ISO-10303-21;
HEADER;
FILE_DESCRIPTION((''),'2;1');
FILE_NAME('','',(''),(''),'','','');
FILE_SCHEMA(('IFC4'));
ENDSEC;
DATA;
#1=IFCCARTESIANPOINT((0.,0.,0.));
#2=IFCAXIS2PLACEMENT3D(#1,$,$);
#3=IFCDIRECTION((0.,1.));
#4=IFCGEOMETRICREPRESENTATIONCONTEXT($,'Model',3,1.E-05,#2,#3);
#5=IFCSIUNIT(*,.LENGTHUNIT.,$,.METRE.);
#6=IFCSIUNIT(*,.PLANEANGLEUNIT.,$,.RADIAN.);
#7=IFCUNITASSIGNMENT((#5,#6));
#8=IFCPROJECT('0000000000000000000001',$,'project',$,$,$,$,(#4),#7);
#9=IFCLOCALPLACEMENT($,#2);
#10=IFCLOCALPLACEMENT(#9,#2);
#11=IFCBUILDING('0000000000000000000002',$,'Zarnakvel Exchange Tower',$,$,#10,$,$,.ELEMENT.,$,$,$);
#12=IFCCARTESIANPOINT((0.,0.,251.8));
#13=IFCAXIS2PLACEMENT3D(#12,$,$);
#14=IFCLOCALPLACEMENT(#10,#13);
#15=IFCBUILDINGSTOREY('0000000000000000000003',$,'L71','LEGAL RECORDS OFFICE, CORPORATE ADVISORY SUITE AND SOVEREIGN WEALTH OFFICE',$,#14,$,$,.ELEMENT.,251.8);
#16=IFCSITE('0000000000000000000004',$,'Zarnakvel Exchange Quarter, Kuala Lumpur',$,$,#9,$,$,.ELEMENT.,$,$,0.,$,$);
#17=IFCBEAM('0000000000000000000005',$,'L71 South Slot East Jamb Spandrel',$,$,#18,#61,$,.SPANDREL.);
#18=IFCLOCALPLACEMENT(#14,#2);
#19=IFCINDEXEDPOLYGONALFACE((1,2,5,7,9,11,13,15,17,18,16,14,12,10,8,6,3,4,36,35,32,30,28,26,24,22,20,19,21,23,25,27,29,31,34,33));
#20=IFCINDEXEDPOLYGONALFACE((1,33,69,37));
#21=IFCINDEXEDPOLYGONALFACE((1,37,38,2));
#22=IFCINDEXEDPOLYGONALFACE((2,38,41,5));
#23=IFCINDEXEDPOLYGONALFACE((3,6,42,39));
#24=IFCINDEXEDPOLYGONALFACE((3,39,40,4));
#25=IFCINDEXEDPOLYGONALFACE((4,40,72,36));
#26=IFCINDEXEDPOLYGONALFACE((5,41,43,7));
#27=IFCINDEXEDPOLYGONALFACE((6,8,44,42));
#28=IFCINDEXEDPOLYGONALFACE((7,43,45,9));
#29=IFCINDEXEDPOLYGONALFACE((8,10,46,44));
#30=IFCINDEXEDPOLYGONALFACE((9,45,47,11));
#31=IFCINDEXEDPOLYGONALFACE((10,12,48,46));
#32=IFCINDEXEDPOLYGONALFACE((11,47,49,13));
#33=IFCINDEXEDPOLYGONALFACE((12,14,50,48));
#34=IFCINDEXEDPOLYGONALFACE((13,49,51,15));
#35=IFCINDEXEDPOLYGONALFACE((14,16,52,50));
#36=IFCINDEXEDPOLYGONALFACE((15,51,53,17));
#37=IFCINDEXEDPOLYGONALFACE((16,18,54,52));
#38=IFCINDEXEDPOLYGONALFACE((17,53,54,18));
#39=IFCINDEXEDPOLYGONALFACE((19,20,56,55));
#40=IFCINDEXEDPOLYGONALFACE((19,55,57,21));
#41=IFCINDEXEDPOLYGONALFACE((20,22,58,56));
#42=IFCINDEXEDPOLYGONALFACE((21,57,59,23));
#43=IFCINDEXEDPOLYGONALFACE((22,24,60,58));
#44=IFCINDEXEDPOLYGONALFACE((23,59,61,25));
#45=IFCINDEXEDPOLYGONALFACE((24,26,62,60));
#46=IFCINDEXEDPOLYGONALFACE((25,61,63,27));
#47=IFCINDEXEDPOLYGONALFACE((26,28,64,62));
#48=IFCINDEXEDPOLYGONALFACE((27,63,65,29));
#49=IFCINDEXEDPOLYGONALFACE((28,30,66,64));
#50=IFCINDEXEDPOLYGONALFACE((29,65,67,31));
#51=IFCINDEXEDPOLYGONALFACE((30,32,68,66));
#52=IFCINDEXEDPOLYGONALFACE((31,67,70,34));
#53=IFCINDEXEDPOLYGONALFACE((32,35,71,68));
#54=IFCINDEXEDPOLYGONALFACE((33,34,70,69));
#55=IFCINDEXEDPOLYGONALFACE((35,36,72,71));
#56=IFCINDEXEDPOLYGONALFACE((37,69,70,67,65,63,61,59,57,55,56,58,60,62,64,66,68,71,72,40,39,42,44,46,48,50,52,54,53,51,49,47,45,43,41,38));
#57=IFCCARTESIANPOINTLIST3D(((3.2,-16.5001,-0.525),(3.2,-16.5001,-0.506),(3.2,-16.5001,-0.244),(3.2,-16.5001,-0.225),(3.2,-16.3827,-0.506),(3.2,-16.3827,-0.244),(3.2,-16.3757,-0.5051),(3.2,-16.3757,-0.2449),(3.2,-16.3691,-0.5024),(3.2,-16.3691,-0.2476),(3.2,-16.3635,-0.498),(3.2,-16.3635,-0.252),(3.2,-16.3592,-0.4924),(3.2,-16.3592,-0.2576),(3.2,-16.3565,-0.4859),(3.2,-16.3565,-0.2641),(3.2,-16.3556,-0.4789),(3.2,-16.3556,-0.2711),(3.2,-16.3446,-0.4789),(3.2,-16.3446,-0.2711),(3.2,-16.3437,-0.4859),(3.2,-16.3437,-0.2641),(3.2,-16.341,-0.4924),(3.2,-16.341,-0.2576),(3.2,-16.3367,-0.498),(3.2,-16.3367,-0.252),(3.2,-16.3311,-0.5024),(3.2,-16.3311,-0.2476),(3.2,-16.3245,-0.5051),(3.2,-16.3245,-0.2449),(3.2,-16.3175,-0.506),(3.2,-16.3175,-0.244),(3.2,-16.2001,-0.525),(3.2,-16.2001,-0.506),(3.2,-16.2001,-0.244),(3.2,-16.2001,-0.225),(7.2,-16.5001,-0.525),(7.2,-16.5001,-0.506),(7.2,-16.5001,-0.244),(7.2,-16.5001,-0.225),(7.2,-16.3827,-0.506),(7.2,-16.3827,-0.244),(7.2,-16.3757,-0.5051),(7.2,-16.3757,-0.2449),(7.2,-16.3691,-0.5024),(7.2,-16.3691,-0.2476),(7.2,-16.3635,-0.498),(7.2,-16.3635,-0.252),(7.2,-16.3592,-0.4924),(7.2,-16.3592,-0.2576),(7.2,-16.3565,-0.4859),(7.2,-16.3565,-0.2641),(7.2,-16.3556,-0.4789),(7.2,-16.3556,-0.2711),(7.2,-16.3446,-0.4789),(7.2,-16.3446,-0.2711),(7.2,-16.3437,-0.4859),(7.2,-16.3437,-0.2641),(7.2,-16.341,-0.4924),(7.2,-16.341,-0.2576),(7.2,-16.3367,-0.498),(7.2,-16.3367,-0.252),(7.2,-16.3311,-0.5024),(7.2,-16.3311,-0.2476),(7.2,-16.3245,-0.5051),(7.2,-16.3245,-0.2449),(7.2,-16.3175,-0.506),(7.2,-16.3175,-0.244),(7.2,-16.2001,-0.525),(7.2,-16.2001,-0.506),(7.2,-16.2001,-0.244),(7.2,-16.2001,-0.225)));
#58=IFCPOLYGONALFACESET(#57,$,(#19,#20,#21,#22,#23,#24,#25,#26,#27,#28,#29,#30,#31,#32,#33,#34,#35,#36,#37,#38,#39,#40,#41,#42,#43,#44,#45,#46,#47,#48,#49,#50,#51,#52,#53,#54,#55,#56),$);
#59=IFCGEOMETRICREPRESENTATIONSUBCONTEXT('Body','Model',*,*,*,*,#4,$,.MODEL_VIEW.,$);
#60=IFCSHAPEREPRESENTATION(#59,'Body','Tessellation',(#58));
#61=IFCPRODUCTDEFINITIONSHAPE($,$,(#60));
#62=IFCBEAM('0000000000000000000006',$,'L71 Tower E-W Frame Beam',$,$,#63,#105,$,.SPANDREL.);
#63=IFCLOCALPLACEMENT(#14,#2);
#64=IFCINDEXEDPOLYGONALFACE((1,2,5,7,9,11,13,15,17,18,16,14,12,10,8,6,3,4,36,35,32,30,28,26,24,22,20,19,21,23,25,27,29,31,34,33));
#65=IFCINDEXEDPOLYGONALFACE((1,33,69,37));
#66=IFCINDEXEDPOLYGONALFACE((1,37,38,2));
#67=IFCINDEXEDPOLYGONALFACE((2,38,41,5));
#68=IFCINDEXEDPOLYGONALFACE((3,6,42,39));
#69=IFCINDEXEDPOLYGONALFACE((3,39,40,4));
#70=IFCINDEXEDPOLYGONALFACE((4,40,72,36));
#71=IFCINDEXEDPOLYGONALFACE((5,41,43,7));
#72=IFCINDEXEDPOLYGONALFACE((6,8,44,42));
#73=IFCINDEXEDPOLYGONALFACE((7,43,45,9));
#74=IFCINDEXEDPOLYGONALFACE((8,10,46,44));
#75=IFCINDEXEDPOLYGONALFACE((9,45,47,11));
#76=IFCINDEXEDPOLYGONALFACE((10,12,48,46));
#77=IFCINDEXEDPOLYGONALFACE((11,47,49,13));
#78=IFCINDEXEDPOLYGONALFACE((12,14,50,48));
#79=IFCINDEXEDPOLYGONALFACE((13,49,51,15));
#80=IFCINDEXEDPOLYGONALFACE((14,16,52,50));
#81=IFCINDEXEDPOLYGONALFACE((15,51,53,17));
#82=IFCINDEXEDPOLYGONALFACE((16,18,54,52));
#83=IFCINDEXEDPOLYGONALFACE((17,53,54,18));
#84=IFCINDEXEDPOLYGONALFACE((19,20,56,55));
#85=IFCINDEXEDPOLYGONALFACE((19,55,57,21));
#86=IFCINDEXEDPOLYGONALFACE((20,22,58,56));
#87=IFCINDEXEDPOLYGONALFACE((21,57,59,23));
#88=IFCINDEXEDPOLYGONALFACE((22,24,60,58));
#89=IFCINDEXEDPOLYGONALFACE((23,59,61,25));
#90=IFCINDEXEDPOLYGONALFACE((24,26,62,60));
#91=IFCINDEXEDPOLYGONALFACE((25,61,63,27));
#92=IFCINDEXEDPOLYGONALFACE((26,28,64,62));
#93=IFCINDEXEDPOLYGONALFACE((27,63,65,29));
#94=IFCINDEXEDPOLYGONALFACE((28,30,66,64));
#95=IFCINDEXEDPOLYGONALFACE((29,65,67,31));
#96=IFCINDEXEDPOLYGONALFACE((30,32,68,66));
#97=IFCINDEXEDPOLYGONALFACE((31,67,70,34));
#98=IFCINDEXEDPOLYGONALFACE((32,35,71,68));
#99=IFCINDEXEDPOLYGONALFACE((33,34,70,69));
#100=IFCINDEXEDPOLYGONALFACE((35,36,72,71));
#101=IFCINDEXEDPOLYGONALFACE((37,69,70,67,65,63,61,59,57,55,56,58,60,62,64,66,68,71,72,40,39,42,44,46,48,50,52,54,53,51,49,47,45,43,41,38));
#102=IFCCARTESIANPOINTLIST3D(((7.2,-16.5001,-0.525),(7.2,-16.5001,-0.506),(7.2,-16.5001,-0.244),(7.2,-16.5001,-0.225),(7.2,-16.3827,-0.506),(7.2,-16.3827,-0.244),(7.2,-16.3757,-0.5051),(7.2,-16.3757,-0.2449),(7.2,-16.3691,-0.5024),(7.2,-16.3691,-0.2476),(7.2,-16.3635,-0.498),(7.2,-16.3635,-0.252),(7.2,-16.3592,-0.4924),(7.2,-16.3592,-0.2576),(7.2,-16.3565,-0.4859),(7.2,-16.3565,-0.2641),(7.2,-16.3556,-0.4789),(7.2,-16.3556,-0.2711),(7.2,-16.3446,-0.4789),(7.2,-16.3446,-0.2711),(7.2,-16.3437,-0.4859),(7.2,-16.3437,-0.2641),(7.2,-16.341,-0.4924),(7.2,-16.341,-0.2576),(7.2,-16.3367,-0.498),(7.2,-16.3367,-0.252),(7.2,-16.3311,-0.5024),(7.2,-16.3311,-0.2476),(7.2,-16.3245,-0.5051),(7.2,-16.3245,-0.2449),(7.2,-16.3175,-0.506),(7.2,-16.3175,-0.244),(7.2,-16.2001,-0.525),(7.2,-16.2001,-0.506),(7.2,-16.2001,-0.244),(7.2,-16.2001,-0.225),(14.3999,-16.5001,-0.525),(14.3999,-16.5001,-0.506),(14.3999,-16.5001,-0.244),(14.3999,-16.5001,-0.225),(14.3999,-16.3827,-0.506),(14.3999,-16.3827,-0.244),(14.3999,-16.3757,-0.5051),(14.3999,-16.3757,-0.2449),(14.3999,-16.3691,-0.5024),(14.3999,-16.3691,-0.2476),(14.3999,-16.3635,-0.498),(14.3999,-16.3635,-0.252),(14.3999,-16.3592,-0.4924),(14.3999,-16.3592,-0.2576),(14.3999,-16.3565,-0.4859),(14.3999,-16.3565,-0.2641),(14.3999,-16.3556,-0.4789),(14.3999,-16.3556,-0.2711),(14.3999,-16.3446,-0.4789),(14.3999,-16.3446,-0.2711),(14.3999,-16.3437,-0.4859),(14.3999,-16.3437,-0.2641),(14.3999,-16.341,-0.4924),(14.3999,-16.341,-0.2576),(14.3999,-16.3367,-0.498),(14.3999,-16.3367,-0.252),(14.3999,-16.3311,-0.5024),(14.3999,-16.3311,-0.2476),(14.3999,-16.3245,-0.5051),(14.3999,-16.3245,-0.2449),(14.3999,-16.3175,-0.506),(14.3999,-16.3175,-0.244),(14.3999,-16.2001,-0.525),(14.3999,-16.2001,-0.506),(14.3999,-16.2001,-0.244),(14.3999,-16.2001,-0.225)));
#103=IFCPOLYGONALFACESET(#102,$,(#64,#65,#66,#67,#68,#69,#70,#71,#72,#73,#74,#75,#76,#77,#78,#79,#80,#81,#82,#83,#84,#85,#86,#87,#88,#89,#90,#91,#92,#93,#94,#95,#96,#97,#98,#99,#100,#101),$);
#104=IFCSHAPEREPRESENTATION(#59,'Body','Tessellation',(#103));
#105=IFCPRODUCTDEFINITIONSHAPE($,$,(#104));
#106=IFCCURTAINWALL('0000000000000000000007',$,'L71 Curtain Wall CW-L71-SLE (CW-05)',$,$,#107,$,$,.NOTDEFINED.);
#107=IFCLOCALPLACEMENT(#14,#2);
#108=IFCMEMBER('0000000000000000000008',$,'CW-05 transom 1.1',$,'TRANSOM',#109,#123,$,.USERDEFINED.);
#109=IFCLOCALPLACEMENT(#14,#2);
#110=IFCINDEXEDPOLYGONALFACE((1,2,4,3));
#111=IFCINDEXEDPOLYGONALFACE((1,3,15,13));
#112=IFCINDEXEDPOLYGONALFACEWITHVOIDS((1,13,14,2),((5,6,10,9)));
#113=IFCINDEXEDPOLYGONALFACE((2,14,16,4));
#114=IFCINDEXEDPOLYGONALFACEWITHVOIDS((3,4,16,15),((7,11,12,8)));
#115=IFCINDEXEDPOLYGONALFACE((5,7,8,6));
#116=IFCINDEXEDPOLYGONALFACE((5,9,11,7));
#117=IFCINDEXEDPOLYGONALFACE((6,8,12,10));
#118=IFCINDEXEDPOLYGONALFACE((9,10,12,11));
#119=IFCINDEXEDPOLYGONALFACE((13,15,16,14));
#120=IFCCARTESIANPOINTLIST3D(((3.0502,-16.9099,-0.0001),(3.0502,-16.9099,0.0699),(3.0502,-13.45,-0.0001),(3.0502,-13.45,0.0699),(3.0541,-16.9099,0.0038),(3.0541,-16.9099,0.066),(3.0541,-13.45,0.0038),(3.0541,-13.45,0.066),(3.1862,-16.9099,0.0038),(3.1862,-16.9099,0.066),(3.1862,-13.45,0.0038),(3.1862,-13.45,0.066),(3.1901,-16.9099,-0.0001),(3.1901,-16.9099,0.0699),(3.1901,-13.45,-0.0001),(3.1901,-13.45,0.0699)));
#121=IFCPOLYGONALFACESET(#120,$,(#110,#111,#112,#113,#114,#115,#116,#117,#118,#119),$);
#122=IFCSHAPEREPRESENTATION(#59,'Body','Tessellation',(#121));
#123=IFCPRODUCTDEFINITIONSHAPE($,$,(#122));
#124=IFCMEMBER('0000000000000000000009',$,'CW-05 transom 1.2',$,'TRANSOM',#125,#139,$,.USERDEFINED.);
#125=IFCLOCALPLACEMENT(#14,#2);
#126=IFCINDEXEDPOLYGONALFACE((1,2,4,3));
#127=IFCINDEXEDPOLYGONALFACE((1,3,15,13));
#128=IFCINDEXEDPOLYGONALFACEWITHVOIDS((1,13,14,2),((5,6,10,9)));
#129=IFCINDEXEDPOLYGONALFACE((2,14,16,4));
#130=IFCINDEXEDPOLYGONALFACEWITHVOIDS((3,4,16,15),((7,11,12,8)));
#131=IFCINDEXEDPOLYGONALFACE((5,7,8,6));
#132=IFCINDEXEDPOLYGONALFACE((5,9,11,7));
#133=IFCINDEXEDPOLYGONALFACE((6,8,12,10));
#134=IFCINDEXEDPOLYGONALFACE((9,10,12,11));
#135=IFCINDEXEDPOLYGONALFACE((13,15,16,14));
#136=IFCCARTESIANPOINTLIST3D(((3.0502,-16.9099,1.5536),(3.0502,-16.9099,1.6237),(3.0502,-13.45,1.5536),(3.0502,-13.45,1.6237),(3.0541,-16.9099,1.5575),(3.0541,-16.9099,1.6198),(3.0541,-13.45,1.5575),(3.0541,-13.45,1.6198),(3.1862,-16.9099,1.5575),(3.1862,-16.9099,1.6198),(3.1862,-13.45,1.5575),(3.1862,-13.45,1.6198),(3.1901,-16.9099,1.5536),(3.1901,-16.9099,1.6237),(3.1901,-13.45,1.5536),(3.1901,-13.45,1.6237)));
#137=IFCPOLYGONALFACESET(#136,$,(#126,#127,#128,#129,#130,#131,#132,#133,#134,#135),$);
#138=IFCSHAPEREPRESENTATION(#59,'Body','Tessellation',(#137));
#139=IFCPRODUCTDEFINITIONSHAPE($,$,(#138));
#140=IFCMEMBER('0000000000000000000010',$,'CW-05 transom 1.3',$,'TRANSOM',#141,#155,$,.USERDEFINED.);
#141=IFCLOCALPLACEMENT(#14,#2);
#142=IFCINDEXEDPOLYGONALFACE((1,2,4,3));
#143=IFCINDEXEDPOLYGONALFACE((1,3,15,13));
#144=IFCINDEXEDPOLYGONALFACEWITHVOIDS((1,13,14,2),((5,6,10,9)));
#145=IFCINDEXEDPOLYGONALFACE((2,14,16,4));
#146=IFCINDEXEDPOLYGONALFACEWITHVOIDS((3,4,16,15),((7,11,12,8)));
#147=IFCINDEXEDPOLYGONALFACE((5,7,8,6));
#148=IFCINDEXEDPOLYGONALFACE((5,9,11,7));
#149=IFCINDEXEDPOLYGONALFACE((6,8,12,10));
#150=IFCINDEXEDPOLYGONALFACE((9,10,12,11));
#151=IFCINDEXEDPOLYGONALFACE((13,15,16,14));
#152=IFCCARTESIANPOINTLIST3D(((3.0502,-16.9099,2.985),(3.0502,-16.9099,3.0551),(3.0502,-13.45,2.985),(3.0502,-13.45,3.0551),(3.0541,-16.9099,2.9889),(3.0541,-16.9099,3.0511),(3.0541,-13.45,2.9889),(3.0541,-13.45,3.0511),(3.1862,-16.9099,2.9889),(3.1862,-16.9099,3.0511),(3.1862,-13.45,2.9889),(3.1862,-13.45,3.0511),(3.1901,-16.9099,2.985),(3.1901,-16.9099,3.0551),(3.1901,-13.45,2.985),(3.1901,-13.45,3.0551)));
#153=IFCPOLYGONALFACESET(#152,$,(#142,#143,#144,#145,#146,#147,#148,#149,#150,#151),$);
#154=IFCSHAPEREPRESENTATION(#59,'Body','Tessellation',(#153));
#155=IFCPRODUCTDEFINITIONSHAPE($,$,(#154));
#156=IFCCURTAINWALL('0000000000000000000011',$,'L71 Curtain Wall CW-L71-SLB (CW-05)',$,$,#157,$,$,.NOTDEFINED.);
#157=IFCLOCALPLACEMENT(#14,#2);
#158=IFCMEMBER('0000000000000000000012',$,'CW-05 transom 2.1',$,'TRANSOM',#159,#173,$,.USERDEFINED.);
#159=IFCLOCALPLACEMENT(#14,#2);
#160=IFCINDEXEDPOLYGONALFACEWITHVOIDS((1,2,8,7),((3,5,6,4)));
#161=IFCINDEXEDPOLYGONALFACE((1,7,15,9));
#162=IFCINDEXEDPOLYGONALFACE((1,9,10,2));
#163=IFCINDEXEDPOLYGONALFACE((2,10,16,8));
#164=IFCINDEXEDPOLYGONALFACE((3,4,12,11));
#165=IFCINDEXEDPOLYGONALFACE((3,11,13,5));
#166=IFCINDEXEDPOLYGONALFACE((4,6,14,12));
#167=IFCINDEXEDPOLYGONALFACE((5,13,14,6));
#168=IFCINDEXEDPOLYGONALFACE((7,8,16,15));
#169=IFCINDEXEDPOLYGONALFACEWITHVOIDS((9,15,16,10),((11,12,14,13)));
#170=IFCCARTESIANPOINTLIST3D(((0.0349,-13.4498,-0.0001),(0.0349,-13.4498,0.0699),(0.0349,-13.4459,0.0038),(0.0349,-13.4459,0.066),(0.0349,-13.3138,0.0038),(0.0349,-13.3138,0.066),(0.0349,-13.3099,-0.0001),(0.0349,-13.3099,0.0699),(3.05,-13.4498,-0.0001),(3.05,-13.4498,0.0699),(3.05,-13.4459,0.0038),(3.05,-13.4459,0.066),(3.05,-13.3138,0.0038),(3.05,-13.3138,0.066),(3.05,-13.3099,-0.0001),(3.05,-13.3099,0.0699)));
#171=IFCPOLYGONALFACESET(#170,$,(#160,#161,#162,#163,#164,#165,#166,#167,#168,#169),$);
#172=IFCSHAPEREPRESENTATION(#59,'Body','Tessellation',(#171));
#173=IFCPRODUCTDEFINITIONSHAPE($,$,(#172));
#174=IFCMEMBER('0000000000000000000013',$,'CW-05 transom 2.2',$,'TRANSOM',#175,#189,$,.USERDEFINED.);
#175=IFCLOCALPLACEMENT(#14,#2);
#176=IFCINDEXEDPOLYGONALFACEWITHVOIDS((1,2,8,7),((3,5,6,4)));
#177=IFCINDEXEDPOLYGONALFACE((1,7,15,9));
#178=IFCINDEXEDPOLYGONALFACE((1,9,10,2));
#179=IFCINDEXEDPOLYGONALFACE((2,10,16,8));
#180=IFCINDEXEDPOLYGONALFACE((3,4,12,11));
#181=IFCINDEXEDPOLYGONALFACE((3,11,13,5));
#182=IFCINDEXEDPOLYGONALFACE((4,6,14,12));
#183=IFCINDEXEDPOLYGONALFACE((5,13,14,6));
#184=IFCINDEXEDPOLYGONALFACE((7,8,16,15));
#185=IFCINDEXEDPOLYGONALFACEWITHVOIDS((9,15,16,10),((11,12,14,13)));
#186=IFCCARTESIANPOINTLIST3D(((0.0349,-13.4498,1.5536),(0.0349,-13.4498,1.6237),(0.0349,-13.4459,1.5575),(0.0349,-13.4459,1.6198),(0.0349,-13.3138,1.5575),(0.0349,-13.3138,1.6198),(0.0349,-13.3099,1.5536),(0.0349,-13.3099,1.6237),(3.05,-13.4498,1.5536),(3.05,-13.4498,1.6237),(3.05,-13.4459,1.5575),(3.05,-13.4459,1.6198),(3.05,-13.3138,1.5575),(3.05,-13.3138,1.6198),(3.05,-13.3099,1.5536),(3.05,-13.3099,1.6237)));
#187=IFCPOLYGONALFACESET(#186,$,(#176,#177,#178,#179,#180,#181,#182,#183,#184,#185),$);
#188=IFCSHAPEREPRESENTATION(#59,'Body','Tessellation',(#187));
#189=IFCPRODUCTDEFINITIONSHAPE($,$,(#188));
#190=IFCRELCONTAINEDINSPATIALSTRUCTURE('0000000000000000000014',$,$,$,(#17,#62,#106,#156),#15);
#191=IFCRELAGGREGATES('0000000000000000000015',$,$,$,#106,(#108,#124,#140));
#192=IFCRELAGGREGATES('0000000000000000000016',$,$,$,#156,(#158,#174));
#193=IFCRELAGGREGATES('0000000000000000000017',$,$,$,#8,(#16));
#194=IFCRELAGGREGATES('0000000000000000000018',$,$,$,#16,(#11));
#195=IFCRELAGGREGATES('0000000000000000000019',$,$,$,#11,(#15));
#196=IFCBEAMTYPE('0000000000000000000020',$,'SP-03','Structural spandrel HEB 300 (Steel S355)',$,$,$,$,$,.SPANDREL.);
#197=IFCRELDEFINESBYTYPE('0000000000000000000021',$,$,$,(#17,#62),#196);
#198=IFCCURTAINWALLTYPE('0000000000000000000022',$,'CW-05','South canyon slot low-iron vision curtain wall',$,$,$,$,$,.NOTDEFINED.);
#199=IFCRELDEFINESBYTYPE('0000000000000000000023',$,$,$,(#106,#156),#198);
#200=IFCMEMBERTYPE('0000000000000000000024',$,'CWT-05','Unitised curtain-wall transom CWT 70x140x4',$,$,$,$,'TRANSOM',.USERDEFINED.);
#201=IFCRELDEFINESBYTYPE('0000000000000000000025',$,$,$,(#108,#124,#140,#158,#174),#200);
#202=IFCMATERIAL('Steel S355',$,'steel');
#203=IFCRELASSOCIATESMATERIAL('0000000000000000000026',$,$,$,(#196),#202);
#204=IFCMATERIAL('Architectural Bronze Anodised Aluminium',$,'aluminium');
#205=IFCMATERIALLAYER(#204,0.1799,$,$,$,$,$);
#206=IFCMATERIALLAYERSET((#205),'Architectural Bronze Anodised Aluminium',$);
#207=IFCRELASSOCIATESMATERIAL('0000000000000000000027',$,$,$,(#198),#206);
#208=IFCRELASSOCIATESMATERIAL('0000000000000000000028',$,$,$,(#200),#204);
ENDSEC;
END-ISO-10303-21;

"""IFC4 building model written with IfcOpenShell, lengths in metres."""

from ifc_helpers import new_model, si_unit, direction, frame, origin, origin_2d, place, context, subcontext, project, spatial, hollow_rectangle, i_section, extrude, source, transform, mapped, material, layer, layer_set, material_profile, profile_set, type_object, element, aggregate, save


model = new_model("IFC4")

# Units and contexts
model_context = context("Model", 3, precision=1e-05, world=origin(), true_north=direction((0.0, 1.0)))
body_context = subcontext(model_context, "Body", "Model", "MODEL_VIEW")
ifc_project = project(units=[si_unit("LENGTHUNIT", "METRE"), si_unit("PLANEANGLEUNIT", "RADIAN")], contexts=[model_context])

# Site, building, storey
site_placement = place(None, origin())
site = spatial("IfcSite", under=ifc_project, at=site_placement, Name="Zarnakvel Exchange Quarter, Kuala Lumpur", CompositionType="ELEMENT", RefElevation=0.0)
building_placement = place(site_placement, origin())
building = spatial("IfcBuilding", under=site, at=building_placement, Name="Zarnakvel Exchange Tower", CompositionType="ELEMENT")
storey_placement = place(building_placement, frame((0.0, 0.0, 251.8)))
storey = spatial("IfcBuildingStorey", under=building, at=storey_placement, Name="L71", Description="LEGAL RECORDS OFFICE, CORPORATE ADVISORY SUITE AND SOVEREIGN WEALTH OFFICE", CompositionType="ELEMENT", Elevation=251.8)

# Beams
ifc_material_1 = material(Name="Steel S355", Category="steel")
ifc_material_profile_1 = material_profile(ifc_material_1, i_section(OverallWidth=0.3, OverallDepth=0.3, WebThickness=0.011, FlangeThickness=0.019, FilletRadius=0.0271, at=origin_2d()))
ifc_profile_set_1 = profile_set([ifc_material_profile_1], Name="Steel S355")
beam_type_1 = type_object("IfcBeamType", Name="SP-03", Description="Structural spandrel HEB 300 (Steel S355)", PredefinedType="SPANDREL", material=ifc_profile_set_1)
beam_1_placement = place(storey_placement, frame((3.2, -16.3501, -0.375), z_axis=(1.0, 0.0, 0.0), x_axis=(0.0, 1.0, 0.0)))
element("IfcBeam", 1, at=beam_1_placement, inside=storey, type_object=beam_type_1, Name="L71 South Slot East Jamb Spandrel", PredefinedType="SPANDREL", context=body_context, shape_type="SweptSolid", body=[
    extrude(i_section(OverallWidth=0.3, OverallDepth=0.3, WebThickness=0.011, FlangeThickness=0.019, FilletRadius=0.0271, at=origin_2d()), origin(), (0.0, 0.0, 1.0), 4.0),
])
beam_2_placement = place(storey_placement, frame((7.2, -16.3501, -0.375), z_axis=(1.0, 0.0, 0.0), x_axis=(0.0, 1.0, 0.0)))
element("IfcBeam", 2, at=beam_2_placement, inside=storey, type_object=beam_type_1, Name="L71 Tower E-W Frame Beam", PredefinedType="SPANDREL", context=body_context, shape_type="SweptSolid", body=[
    extrude(i_section(OverallWidth=0.3, OverallDepth=0.3, WebThickness=0.011, FlangeThickness=0.019, FilletRadius=0.0271, at=origin_2d()), origin(), (0.0, 0.0, 1.0), 7.2),
])

# Curtain walls, members
ifc_material_2 = material(Name="Architectural Bronze Anodised Aluminium", Category="aluminium")
ifc_layer_1 = layer(ifc_material_2, 0.1799)
ifc_layer_set_1 = layer_set([ifc_layer_1], Name="Architectural Bronze Anodised Aluminium")
curtain_wall_type = type_object("IfcCurtainWallType", Name="CW-05", Description="South canyon slot low-iron vision curtain wall", PredefinedType="NOTDEFINED", material=ifc_layer_set_1)
curtain_wall_1_placement = place(storey_placement, origin())
curtain_wall_1 = element("IfcCurtainWall", 3, at=curtain_wall_1_placement, inside=storey, type_object=curtain_wall_type, Name="L71 Curtain Wall CW-L71-SLE (CW-05)", PredefinedType="NOTDEFINED")
ifc_material_profile_2 = material_profile(ifc_material_2, hollow_rectangle(XDim=0.1399, YDim=0.0701, WallThickness=0.0039, at=origin_2d()))
ifc_profile_set_2 = profile_set([ifc_material_profile_2], Name="Architectural Bronze Anodised Aluminium")
member_type_1 = type_object("IfcMemberType", Name="CWT-05", Description="Unitised curtain-wall transom CWT 70x140x4", ElementType="TRANSOM", PredefinedType="USERDEFINED", material=ifc_profile_set_2)
shared_shape_1 = source(origin(), body_context, "Body", "SweptSolid", [
    extrude(hollow_rectangle(XDim=0.1399, YDim=0.0701, WallThickness=0.0039, at=origin_2d()), origin(), (0.0, 0.0, 1.0), 3.46),
])
member_1_placement = place(storey_placement, frame((3.1201, -13.45, 0.0349), z_axis=(0.0, -1.0, 0.0), x_axis=(1.0, 0.0, 0.0)))
member_1 = element("IfcMember", 4, at=member_1_placement, type_object=member_type_1, Name="CW-05 transom 1.1", ObjectType="TRANSOM", PredefinedType="USERDEFINED", context=body_context, shape_type="MappedRepresentation", body=[
    mapped(shared_shape_1, transform((0.0, 0.0, 0.0), x_axis=(1.0, 0.0, 0.0), y_axis=(0.0, 1.0, 0.0), z_axis=(0.0, 0.0, 1.0), scale=1.0)),
])
member_2_placement = place(storey_placement, frame((3.1201, -13.45, 1.5886), z_axis=(0.0, -1.0, 0.0), x_axis=(1.0, 0.0, 0.0)))
member_2 = element("IfcMember", 5, at=member_2_placement, type_object=member_type_1, Name="CW-05 transom 1.2", ObjectType="TRANSOM", PredefinedType="USERDEFINED", context=body_context, shape_type="MappedRepresentation", body=[
    mapped(shared_shape_1, transform((0.0, 0.0, 0.0), x_axis=(1.0, 0.0, 0.0), y_axis=(0.0, 1.0, 0.0), z_axis=(0.0, 0.0, 1.0), scale=1.0)),
])
member_3_placement = place(storey_placement, frame((3.1201, -13.45, 3.02), z_axis=(0.0, -1.0, 0.0), x_axis=(1.0, 0.0, 0.0)))
member_3 = element("IfcMember", 6, at=member_3_placement, type_object=member_type_1, Name="CW-05 transom 1.3", ObjectType="TRANSOM", PredefinedType="USERDEFINED", context=body_context, shape_type="MappedRepresentation", body=[
    mapped(shared_shape_1, transform((0.0, 0.0, 0.0), x_axis=(1.0, 0.0, 0.0), y_axis=(0.0, 1.0, 0.0), z_axis=(0.0, 0.0, 1.0), scale=1.0)),
])
curtain_wall_2_placement = place(storey_placement, origin())
curtain_wall_2 = element("IfcCurtainWall", 7, at=curtain_wall_2_placement, inside=storey, type_object=curtain_wall_type, Name="L71 Curtain Wall CW-L71-SLB (CW-05)", PredefinedType="NOTDEFINED")
shared_shape_2 = source(origin(), body_context, "Body", "SweptSolid", [
    extrude(hollow_rectangle(XDim=0.1399, YDim=0.0701, WallThickness=0.0039, at=origin_2d()), origin(), (0.0, 0.0, 1.0), 3.0151),
])
member_4_placement = place(storey_placement, frame((0.0349, -13.3799, 0.0349), z_axis=(1.0, 0.0, 0.0), x_axis=(0.0, 1.0, 0.0)))
member_4 = element("IfcMember", 8, at=member_4_placement, type_object=member_type_1, Name="CW-05 transom 2.1", ObjectType="TRANSOM", PredefinedType="USERDEFINED", context=body_context, shape_type="MappedRepresentation", body=[
    mapped(shared_shape_2, transform((0.0, 0.0, 0.0), x_axis=(1.0, 0.0, 0.0), y_axis=(0.0, 1.0, 0.0), z_axis=(0.0, 0.0, 1.0), scale=1.0)),
])
member_5_placement = place(storey_placement, frame((0.0349, -13.3799, 1.5886), z_axis=(1.0, 0.0, 0.0), x_axis=(0.0, 1.0, 0.0)))
member_5 = element("IfcMember", 9, at=member_5_placement, type_object=member_type_1, Name="CW-05 transom 2.2", ObjectType="TRANSOM", PredefinedType="USERDEFINED", context=body_context, shape_type="MappedRepresentation", body=[
    mapped(shared_shape_2, transform((0.0, 0.0, 0.0), x_axis=(1.0, 0.0, 0.0), y_axis=(0.0, 1.0, 0.0), z_axis=(0.0, 0.0, 1.0), scale=1.0)),
])

aggregate(curtain_wall_1, [member_1, member_2, member_3])
aggregate(curtain_wall_2, [member_4, member_5])

save(model, "model.ifc")
